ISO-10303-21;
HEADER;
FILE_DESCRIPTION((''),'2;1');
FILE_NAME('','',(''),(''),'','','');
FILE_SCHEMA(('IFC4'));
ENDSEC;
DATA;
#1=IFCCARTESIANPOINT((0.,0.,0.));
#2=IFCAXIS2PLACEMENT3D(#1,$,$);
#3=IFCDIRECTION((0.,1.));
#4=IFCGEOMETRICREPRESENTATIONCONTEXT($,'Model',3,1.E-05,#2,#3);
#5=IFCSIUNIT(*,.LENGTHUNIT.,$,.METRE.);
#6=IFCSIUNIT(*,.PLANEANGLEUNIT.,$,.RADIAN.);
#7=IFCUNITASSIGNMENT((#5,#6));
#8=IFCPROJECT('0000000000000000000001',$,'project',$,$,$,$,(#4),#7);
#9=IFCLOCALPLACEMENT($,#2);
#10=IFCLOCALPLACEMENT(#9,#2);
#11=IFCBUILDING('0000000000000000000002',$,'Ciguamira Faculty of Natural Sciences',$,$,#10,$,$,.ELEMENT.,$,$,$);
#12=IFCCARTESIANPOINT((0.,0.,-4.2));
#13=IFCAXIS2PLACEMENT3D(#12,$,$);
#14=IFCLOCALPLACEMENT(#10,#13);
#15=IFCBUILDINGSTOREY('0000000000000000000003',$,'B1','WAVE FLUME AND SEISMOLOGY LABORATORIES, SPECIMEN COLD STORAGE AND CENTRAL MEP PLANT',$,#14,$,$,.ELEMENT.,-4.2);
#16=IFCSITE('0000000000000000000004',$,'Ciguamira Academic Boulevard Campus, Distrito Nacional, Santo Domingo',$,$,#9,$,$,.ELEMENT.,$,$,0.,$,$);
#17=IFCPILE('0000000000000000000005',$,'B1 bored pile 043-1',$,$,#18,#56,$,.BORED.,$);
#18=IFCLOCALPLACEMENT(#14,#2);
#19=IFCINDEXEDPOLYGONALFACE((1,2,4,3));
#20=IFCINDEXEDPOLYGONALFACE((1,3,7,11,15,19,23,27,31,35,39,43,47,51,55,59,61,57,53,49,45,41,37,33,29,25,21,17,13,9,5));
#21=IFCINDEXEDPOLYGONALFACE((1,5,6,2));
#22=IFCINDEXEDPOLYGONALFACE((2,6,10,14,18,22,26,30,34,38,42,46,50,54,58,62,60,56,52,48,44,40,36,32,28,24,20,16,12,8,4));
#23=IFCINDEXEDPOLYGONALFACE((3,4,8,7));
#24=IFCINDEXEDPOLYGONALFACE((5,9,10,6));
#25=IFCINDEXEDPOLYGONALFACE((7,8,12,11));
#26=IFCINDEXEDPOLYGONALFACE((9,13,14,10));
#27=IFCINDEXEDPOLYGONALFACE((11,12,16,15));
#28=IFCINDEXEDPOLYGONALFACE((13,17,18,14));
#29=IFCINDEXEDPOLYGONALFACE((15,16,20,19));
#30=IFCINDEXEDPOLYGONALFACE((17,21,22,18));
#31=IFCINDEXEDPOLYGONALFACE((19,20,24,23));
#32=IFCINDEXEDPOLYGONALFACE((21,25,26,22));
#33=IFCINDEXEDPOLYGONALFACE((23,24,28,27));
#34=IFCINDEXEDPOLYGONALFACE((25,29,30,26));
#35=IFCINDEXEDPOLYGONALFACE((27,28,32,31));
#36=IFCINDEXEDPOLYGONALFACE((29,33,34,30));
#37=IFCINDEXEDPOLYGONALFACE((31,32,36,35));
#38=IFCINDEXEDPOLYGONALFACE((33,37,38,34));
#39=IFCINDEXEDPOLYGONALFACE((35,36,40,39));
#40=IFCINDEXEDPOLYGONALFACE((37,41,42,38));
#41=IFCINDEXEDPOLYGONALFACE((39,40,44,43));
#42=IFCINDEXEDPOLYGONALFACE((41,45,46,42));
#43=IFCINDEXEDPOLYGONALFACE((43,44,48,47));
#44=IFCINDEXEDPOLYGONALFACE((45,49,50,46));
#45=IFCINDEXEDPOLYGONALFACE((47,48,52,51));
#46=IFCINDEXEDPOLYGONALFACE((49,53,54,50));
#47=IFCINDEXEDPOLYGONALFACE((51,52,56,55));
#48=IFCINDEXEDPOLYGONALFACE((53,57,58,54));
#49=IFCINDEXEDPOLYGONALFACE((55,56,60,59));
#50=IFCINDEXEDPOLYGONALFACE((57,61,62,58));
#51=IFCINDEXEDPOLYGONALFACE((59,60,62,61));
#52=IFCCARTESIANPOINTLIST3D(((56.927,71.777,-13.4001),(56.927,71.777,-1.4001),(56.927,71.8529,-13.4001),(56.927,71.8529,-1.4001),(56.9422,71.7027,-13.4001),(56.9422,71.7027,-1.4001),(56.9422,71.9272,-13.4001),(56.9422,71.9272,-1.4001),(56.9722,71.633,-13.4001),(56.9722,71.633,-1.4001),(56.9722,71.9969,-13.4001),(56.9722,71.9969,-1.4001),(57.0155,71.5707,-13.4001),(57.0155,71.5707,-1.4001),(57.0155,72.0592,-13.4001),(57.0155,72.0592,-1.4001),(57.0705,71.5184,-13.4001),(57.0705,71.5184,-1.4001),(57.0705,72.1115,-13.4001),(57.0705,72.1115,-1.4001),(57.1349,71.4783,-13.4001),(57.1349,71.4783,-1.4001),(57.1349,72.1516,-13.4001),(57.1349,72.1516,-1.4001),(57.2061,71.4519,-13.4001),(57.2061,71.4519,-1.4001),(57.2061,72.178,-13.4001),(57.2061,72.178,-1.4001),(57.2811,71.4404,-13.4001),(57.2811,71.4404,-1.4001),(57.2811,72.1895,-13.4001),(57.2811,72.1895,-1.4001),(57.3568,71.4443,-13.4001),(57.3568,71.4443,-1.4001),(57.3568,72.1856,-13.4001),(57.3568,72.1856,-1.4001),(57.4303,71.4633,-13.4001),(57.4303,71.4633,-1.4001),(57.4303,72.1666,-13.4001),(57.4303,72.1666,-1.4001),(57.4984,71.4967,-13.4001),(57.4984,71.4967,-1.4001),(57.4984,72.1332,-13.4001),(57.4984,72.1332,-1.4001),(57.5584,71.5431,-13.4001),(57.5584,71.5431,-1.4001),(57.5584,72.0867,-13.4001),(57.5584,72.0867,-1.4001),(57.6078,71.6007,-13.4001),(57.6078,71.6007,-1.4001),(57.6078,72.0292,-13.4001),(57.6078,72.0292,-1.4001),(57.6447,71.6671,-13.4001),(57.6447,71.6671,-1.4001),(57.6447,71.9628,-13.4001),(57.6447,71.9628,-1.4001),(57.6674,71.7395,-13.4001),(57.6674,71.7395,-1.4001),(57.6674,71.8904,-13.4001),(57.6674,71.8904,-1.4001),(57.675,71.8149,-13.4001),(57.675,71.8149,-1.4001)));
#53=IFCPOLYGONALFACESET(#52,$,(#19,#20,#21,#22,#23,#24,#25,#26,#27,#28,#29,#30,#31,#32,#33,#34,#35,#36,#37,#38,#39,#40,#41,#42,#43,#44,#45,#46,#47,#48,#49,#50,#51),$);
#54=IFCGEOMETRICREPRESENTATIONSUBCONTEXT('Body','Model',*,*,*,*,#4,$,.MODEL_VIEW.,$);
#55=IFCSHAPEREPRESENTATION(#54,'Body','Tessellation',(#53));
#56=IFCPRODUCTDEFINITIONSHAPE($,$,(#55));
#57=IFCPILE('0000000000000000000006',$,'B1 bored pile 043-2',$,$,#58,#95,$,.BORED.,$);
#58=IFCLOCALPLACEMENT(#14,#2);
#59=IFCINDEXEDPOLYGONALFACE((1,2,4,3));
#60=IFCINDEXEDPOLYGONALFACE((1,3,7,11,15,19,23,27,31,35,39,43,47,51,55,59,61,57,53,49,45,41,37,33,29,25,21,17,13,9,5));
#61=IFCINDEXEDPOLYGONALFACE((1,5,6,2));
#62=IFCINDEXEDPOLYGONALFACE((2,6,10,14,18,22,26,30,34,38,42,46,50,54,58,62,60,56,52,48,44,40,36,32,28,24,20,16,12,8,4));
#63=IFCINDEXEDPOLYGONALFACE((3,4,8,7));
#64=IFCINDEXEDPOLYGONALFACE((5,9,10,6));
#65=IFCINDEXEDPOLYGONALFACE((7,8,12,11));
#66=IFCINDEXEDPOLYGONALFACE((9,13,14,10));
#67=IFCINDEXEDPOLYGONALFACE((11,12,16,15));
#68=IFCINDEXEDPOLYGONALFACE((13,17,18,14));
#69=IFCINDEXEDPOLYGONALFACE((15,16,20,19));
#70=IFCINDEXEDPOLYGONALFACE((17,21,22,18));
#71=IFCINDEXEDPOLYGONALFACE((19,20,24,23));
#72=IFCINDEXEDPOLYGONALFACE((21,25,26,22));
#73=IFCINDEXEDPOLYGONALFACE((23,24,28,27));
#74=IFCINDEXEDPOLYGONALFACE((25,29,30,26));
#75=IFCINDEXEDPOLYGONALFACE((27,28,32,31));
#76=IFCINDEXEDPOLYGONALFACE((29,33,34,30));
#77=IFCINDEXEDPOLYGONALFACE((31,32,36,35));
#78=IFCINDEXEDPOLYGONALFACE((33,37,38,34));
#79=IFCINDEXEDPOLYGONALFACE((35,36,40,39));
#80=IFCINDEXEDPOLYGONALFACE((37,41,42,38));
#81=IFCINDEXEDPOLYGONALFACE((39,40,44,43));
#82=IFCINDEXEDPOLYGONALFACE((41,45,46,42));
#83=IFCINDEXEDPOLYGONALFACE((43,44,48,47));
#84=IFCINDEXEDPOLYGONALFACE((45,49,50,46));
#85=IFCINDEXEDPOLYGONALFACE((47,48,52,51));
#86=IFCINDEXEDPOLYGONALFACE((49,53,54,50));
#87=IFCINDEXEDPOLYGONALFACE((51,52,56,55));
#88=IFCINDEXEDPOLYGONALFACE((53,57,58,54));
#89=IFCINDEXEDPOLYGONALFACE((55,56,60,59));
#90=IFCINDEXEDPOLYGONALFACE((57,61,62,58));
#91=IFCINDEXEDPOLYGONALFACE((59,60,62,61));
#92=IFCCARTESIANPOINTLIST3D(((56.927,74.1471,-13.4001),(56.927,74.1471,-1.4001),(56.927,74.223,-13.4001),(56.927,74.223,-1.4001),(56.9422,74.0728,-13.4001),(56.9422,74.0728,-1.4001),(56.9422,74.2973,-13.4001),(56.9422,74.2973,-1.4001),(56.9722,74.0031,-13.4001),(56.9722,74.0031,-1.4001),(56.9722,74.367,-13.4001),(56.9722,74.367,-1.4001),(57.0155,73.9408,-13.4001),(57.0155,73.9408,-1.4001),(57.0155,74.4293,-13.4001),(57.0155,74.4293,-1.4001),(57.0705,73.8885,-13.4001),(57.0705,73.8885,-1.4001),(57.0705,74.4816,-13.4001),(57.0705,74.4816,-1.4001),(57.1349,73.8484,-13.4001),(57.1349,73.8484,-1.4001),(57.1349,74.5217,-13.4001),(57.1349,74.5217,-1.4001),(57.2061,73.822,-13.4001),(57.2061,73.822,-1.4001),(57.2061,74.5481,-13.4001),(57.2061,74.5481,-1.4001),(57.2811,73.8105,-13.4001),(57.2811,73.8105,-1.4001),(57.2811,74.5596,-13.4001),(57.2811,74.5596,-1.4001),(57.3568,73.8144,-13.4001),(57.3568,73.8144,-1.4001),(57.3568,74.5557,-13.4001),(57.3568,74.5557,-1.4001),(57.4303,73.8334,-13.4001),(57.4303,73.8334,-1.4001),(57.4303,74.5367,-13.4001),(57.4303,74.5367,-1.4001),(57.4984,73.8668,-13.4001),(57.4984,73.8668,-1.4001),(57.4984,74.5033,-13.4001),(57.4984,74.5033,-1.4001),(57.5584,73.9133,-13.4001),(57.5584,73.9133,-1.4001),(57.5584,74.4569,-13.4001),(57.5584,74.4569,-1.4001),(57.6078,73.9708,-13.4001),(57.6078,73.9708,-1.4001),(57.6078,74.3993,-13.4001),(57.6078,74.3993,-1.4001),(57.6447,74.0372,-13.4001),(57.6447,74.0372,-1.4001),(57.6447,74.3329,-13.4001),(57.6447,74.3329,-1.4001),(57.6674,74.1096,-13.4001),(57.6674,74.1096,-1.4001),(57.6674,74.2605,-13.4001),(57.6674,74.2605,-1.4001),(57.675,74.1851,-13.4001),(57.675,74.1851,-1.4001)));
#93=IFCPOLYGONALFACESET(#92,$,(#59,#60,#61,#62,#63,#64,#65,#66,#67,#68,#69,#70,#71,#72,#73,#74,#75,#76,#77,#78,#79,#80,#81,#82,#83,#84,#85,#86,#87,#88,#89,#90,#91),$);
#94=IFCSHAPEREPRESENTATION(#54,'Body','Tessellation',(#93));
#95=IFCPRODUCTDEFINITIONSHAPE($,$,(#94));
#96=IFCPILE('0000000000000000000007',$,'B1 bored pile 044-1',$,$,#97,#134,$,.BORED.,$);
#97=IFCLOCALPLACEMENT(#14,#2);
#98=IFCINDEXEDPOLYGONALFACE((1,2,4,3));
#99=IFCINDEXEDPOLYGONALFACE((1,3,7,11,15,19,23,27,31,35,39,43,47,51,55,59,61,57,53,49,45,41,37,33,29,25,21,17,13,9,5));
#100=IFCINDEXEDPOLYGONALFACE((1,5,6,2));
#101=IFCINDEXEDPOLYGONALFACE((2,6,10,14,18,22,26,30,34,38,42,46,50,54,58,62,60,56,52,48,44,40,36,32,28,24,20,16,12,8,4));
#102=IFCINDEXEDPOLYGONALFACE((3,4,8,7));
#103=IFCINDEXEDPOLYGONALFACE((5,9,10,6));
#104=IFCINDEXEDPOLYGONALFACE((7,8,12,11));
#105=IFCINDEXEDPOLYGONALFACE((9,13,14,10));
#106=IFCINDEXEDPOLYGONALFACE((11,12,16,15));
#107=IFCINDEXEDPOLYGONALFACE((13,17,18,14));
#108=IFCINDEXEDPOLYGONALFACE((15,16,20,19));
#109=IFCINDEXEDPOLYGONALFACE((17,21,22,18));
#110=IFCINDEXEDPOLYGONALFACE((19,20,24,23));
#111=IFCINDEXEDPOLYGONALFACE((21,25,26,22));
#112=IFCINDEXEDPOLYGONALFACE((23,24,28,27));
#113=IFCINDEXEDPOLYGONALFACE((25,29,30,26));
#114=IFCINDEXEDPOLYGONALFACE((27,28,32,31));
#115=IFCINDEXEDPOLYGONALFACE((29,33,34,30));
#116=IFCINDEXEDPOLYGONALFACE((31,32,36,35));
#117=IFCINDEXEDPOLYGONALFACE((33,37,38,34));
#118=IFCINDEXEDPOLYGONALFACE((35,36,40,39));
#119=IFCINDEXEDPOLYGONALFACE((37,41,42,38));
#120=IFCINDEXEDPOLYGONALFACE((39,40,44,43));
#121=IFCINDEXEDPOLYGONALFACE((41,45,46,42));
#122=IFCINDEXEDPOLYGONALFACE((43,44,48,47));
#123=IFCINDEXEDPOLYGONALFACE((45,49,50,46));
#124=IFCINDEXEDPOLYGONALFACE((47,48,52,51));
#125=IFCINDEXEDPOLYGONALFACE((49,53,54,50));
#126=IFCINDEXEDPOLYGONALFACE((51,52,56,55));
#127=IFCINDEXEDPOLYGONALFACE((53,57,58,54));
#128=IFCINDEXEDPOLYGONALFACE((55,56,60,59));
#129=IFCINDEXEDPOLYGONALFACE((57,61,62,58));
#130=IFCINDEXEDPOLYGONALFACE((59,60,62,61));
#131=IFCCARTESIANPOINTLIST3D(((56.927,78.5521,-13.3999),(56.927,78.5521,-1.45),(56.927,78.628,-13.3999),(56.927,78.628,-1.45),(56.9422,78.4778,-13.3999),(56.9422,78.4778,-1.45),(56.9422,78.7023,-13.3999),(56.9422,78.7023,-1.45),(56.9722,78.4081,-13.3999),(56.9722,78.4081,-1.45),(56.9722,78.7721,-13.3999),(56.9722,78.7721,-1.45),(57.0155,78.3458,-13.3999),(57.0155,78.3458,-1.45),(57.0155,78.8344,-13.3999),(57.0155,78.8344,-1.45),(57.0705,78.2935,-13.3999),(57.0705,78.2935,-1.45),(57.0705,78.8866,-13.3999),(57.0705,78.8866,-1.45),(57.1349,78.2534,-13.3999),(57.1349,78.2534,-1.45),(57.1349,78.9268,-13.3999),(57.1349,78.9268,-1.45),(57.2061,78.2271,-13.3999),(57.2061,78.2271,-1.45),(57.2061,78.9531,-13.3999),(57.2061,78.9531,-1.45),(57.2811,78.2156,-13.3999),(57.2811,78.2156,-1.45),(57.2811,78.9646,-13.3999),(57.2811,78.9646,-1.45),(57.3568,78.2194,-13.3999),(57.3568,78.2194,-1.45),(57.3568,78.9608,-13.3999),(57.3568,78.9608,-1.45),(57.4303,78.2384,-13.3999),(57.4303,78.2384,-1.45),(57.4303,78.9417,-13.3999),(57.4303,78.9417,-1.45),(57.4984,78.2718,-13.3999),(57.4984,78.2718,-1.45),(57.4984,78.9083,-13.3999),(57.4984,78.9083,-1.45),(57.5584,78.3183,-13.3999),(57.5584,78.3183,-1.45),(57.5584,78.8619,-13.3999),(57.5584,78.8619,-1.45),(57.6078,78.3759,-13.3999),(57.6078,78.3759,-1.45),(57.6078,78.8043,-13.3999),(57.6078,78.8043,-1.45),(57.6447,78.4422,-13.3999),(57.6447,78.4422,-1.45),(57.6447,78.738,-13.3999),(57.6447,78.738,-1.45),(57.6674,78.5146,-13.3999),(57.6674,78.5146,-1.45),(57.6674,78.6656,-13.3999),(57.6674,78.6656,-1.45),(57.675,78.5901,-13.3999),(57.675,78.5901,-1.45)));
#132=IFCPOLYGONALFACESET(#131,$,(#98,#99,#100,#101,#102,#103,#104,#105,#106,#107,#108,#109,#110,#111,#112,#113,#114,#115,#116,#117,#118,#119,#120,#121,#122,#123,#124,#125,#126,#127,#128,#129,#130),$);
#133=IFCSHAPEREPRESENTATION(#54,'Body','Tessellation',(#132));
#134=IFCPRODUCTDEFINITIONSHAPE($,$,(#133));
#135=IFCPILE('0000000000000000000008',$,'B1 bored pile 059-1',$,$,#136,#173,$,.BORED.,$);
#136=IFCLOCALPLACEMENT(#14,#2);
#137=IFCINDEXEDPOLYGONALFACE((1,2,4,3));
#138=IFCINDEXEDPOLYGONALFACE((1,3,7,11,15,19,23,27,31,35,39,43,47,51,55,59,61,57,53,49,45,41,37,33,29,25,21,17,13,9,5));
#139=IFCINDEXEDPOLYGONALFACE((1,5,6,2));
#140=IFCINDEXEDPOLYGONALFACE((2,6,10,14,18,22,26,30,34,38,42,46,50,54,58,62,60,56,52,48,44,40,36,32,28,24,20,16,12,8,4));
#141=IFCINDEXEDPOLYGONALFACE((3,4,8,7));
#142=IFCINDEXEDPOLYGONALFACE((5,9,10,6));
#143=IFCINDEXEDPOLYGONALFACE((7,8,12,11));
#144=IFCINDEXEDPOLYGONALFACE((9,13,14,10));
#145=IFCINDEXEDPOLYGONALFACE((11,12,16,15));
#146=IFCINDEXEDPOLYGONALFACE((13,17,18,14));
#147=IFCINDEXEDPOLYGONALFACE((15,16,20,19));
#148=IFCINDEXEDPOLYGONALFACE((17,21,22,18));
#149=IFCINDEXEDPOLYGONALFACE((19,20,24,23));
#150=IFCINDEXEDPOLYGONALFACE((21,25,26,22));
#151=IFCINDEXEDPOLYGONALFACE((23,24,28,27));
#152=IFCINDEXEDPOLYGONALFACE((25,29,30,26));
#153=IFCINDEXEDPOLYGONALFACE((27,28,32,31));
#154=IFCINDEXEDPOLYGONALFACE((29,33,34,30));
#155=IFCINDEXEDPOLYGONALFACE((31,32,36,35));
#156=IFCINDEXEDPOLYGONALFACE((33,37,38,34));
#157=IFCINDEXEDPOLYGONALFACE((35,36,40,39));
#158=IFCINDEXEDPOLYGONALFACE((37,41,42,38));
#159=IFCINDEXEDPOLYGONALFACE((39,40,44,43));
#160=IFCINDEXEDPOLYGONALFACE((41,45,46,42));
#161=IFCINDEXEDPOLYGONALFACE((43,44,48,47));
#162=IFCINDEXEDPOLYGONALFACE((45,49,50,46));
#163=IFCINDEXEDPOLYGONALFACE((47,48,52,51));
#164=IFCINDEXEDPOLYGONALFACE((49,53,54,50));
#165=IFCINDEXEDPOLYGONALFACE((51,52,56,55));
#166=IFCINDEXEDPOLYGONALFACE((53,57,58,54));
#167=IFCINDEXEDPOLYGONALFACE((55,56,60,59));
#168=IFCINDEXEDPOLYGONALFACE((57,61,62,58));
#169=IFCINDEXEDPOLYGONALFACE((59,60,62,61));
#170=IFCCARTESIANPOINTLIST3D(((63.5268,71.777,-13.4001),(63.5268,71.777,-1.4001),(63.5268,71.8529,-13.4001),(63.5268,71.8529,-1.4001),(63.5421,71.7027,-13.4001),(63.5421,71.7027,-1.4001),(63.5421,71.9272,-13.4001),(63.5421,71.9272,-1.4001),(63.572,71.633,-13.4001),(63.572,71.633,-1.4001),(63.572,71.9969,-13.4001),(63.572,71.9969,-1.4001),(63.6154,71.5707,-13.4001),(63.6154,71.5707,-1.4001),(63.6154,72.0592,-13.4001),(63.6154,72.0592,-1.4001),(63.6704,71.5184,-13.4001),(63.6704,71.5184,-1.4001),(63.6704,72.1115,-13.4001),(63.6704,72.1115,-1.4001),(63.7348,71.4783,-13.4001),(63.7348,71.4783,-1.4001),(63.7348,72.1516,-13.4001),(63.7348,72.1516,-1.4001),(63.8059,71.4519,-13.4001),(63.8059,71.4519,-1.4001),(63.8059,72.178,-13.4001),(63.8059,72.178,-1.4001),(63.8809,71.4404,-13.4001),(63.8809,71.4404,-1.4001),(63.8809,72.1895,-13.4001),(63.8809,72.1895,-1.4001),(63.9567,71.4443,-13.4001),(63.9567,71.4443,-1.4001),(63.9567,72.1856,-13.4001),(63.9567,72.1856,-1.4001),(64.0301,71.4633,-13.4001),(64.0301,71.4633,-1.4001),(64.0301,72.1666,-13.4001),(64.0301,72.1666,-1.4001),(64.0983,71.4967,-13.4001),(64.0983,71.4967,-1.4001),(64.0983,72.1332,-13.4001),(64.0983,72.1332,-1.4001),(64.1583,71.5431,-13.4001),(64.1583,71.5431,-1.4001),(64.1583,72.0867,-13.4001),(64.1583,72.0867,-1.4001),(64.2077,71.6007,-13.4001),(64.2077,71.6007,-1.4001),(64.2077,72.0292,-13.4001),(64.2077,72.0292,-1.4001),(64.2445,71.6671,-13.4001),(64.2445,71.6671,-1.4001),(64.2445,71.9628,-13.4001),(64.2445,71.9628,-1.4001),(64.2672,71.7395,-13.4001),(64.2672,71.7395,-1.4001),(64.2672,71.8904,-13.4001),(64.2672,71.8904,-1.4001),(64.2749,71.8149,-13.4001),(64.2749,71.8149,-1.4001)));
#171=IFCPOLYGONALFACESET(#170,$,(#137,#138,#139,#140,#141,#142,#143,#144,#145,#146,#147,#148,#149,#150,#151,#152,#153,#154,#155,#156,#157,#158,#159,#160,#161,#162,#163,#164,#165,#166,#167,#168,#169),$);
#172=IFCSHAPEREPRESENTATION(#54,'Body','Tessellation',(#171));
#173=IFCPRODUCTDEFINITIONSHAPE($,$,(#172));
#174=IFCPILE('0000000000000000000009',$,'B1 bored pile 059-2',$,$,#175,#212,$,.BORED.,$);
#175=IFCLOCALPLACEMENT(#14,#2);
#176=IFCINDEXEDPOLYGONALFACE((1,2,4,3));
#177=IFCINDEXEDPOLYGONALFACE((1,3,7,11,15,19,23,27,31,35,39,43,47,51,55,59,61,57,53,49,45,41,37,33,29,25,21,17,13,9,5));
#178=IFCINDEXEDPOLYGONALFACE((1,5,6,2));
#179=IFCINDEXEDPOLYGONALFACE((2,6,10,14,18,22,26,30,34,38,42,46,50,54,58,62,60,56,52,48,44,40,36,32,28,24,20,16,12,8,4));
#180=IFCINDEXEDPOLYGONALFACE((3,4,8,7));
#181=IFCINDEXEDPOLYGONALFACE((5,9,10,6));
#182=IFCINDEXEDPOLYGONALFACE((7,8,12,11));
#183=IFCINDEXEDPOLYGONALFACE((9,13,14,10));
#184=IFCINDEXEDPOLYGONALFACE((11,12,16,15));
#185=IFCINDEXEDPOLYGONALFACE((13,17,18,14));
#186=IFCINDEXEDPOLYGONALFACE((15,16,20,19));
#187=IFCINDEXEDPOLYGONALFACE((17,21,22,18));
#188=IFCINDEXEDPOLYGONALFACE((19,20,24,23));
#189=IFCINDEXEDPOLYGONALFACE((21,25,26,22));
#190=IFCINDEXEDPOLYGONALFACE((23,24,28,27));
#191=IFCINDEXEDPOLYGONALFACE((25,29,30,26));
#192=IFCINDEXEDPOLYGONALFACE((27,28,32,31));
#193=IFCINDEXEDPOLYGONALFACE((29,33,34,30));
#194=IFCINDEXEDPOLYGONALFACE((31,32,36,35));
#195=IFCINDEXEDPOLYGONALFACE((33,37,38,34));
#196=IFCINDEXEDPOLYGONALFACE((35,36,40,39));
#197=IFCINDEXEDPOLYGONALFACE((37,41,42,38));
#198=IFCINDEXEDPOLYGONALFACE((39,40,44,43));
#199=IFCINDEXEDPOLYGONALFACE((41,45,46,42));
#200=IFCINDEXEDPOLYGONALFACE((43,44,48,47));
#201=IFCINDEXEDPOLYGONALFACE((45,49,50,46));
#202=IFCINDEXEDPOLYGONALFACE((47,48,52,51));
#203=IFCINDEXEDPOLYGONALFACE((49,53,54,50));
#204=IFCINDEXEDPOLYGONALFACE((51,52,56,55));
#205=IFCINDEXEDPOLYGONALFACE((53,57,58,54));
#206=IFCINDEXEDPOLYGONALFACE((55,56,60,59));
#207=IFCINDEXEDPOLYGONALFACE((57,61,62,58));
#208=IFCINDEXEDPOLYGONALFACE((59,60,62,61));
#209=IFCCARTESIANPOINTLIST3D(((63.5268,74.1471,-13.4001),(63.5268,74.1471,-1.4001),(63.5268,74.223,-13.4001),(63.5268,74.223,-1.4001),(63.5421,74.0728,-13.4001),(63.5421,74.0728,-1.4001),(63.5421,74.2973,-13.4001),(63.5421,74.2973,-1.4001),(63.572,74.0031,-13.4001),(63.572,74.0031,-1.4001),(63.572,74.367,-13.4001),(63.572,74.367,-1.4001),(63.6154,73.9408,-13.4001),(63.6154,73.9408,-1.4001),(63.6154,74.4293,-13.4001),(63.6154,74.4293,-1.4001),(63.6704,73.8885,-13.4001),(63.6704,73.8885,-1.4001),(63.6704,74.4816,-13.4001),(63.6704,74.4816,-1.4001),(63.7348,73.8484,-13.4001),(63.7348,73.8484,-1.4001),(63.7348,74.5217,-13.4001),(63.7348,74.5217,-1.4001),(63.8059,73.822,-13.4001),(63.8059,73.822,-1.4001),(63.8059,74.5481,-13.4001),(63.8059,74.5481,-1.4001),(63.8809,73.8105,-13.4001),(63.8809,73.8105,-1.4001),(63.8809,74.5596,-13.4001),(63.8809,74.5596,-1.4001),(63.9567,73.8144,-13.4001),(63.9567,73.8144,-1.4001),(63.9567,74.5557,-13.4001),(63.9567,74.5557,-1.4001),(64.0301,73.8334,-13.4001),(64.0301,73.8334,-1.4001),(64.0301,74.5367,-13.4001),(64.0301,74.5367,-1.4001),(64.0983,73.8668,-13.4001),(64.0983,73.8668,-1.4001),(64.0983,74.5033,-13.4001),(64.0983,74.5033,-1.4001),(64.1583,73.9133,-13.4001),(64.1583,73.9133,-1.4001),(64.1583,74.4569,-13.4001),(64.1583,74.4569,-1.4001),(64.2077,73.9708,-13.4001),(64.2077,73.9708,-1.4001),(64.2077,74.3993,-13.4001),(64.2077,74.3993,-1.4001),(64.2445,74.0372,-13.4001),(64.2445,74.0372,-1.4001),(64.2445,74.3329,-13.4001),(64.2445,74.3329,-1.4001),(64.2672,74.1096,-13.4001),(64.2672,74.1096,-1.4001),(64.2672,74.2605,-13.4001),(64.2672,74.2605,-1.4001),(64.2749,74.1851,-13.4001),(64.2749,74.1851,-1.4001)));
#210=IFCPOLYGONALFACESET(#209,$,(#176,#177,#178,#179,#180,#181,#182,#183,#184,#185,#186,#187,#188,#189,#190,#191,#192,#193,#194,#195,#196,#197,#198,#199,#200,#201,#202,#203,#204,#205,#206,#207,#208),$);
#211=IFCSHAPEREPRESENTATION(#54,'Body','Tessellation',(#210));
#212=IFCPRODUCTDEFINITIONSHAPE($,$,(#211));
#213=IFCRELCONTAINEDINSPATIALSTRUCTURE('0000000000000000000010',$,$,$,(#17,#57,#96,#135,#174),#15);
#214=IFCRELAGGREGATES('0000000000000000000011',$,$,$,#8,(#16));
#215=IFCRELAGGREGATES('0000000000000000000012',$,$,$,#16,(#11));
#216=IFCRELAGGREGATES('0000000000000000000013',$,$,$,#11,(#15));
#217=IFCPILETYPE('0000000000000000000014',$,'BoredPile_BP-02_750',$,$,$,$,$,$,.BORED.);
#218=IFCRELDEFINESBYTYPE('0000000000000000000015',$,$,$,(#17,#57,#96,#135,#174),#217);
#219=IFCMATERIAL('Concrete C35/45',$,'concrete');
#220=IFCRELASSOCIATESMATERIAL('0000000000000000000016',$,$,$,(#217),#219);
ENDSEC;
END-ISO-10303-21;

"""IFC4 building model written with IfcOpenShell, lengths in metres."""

from ifc_helpers import new_model, si_unit, direction, frame, origin, origin_2d, place, context, subcontext, project, spatial, circle, extrude, material, material_profile, profile_set, type_object, element, save


model = new_model("IFC4")

# Units and contexts
model_context = context("Model", 3, precision=1e-05, world=origin(), true_north=direction((0.0, 1.0)))
body_context = subcontext(model_context, "Body", "Model", "MODEL_VIEW")
ifc_project = project(units=[si_unit("LENGTHUNIT", "METRE"), si_unit("PLANEANGLEUNIT", "RADIAN")], contexts=[model_context])

# Site, building, storey
site_placement = place(None, origin())
site = spatial("IfcSite", under=ifc_project, at=site_placement, Name="Ciguamira Academic Boulevard Campus, Distrito Nacional, Santo Domingo", CompositionType="ELEMENT", RefElevation=0.0)
building_placement = place(site_placement, origin())
building = spatial("IfcBuilding", under=site, at=building_placement, Name="Ciguamira Faculty of Natural Sciences", CompositionType="ELEMENT")
storey_placement = place(building_placement, frame((0.0, 0.0, -4.2)))
storey = spatial("IfcBuildingStorey", under=building, at=storey_placement, Name="B1", Description="WAVE FLUME AND SEISMOLOGY LABORATORIES, SPECIMEN COLD STORAGE AND CENTRAL MEP PLANT", CompositionType="ELEMENT", Elevation=-4.2)

# Piles
ifc_material_1 = material(Name="Concrete C35/45", Category="concrete")
ifc_material_profile_1 = material_profile(ifc_material_1, circle(Radius=0.375, at=origin_2d()), Name="PILE-BORED-750")
ifc_profile_set_1 = profile_set([ifc_material_profile_1], Name="Concrete C35/45")
pile_type = type_object("IfcPileType", Name="BoredPile_BP-02_750", PredefinedType="BORED", material=ifc_profile_set_1)
for number, where, z_axis, x_axis, name in (
    (1, (57.3, 71.8149, -1.4001), (0.0, 0.0, -1.0), (1.0, 0.0, 0.0), "B1 bored pile 043-1"),
    (2, (57.3, 74.1851, -1.4001), (0.0, 0.0, -1.0), (1.0, 0.0, 0.0), "B1 bored pile 043-2"),
):
    element("IfcPile", number, at=place(storey_placement, frame(where, z_axis=z_axis, x_axis=x_axis)), inside=storey, type_object=pile_type, Name=name, PredefinedType="BORED", context=body_context, shape_type="SweptSolid", body=[
        extrude(circle(Radius=0.375, at=origin_2d()), origin(), (0.0, 0.0, 1.0), 12.0),
    ])
pile_1_placement = place(storey_placement, frame((57.3, 78.5901, -1.45), z_axis=(0.0, 0.0, -1.0), x_axis=(1.0, 0.0, 0.0)))
element("IfcPile", 3, at=pile_1_placement, inside=storey, type_object=pile_type, Name="B1 bored pile 044-1", PredefinedType="BORED", context=body_context, shape_type="SweptSolid", body=[
    extrude(circle(Radius=0.375, at=origin_2d()), origin(), (0.0, 0.0, 1.0), 11.95),
])
for number, where, z_axis, x_axis, name in (
    (4, (63.8999, 71.8149, -1.4001), (0.0, 0.0, -1.0), (1.0, 0.0, 0.0), "B1 bored pile 059-1"),
    (5, (63.8999, 74.1851, -1.4001), (0.0, 0.0, -1.0), (1.0, 0.0, 0.0), "B1 bored pile 059-2"),
):
    element("IfcPile", number, at=place(storey_placement, frame(where, z_axis=z_axis, x_axis=x_axis)), inside=storey, type_object=pile_type, Name=name, PredefinedType="BORED", context=body_context, shape_type="SweptSolid", body=[
        extrude(circle(Radius=0.375, at=origin_2d()), origin(), (0.0, 0.0, 1.0), 12.0),
    ])

save(model, "model.ifc")
